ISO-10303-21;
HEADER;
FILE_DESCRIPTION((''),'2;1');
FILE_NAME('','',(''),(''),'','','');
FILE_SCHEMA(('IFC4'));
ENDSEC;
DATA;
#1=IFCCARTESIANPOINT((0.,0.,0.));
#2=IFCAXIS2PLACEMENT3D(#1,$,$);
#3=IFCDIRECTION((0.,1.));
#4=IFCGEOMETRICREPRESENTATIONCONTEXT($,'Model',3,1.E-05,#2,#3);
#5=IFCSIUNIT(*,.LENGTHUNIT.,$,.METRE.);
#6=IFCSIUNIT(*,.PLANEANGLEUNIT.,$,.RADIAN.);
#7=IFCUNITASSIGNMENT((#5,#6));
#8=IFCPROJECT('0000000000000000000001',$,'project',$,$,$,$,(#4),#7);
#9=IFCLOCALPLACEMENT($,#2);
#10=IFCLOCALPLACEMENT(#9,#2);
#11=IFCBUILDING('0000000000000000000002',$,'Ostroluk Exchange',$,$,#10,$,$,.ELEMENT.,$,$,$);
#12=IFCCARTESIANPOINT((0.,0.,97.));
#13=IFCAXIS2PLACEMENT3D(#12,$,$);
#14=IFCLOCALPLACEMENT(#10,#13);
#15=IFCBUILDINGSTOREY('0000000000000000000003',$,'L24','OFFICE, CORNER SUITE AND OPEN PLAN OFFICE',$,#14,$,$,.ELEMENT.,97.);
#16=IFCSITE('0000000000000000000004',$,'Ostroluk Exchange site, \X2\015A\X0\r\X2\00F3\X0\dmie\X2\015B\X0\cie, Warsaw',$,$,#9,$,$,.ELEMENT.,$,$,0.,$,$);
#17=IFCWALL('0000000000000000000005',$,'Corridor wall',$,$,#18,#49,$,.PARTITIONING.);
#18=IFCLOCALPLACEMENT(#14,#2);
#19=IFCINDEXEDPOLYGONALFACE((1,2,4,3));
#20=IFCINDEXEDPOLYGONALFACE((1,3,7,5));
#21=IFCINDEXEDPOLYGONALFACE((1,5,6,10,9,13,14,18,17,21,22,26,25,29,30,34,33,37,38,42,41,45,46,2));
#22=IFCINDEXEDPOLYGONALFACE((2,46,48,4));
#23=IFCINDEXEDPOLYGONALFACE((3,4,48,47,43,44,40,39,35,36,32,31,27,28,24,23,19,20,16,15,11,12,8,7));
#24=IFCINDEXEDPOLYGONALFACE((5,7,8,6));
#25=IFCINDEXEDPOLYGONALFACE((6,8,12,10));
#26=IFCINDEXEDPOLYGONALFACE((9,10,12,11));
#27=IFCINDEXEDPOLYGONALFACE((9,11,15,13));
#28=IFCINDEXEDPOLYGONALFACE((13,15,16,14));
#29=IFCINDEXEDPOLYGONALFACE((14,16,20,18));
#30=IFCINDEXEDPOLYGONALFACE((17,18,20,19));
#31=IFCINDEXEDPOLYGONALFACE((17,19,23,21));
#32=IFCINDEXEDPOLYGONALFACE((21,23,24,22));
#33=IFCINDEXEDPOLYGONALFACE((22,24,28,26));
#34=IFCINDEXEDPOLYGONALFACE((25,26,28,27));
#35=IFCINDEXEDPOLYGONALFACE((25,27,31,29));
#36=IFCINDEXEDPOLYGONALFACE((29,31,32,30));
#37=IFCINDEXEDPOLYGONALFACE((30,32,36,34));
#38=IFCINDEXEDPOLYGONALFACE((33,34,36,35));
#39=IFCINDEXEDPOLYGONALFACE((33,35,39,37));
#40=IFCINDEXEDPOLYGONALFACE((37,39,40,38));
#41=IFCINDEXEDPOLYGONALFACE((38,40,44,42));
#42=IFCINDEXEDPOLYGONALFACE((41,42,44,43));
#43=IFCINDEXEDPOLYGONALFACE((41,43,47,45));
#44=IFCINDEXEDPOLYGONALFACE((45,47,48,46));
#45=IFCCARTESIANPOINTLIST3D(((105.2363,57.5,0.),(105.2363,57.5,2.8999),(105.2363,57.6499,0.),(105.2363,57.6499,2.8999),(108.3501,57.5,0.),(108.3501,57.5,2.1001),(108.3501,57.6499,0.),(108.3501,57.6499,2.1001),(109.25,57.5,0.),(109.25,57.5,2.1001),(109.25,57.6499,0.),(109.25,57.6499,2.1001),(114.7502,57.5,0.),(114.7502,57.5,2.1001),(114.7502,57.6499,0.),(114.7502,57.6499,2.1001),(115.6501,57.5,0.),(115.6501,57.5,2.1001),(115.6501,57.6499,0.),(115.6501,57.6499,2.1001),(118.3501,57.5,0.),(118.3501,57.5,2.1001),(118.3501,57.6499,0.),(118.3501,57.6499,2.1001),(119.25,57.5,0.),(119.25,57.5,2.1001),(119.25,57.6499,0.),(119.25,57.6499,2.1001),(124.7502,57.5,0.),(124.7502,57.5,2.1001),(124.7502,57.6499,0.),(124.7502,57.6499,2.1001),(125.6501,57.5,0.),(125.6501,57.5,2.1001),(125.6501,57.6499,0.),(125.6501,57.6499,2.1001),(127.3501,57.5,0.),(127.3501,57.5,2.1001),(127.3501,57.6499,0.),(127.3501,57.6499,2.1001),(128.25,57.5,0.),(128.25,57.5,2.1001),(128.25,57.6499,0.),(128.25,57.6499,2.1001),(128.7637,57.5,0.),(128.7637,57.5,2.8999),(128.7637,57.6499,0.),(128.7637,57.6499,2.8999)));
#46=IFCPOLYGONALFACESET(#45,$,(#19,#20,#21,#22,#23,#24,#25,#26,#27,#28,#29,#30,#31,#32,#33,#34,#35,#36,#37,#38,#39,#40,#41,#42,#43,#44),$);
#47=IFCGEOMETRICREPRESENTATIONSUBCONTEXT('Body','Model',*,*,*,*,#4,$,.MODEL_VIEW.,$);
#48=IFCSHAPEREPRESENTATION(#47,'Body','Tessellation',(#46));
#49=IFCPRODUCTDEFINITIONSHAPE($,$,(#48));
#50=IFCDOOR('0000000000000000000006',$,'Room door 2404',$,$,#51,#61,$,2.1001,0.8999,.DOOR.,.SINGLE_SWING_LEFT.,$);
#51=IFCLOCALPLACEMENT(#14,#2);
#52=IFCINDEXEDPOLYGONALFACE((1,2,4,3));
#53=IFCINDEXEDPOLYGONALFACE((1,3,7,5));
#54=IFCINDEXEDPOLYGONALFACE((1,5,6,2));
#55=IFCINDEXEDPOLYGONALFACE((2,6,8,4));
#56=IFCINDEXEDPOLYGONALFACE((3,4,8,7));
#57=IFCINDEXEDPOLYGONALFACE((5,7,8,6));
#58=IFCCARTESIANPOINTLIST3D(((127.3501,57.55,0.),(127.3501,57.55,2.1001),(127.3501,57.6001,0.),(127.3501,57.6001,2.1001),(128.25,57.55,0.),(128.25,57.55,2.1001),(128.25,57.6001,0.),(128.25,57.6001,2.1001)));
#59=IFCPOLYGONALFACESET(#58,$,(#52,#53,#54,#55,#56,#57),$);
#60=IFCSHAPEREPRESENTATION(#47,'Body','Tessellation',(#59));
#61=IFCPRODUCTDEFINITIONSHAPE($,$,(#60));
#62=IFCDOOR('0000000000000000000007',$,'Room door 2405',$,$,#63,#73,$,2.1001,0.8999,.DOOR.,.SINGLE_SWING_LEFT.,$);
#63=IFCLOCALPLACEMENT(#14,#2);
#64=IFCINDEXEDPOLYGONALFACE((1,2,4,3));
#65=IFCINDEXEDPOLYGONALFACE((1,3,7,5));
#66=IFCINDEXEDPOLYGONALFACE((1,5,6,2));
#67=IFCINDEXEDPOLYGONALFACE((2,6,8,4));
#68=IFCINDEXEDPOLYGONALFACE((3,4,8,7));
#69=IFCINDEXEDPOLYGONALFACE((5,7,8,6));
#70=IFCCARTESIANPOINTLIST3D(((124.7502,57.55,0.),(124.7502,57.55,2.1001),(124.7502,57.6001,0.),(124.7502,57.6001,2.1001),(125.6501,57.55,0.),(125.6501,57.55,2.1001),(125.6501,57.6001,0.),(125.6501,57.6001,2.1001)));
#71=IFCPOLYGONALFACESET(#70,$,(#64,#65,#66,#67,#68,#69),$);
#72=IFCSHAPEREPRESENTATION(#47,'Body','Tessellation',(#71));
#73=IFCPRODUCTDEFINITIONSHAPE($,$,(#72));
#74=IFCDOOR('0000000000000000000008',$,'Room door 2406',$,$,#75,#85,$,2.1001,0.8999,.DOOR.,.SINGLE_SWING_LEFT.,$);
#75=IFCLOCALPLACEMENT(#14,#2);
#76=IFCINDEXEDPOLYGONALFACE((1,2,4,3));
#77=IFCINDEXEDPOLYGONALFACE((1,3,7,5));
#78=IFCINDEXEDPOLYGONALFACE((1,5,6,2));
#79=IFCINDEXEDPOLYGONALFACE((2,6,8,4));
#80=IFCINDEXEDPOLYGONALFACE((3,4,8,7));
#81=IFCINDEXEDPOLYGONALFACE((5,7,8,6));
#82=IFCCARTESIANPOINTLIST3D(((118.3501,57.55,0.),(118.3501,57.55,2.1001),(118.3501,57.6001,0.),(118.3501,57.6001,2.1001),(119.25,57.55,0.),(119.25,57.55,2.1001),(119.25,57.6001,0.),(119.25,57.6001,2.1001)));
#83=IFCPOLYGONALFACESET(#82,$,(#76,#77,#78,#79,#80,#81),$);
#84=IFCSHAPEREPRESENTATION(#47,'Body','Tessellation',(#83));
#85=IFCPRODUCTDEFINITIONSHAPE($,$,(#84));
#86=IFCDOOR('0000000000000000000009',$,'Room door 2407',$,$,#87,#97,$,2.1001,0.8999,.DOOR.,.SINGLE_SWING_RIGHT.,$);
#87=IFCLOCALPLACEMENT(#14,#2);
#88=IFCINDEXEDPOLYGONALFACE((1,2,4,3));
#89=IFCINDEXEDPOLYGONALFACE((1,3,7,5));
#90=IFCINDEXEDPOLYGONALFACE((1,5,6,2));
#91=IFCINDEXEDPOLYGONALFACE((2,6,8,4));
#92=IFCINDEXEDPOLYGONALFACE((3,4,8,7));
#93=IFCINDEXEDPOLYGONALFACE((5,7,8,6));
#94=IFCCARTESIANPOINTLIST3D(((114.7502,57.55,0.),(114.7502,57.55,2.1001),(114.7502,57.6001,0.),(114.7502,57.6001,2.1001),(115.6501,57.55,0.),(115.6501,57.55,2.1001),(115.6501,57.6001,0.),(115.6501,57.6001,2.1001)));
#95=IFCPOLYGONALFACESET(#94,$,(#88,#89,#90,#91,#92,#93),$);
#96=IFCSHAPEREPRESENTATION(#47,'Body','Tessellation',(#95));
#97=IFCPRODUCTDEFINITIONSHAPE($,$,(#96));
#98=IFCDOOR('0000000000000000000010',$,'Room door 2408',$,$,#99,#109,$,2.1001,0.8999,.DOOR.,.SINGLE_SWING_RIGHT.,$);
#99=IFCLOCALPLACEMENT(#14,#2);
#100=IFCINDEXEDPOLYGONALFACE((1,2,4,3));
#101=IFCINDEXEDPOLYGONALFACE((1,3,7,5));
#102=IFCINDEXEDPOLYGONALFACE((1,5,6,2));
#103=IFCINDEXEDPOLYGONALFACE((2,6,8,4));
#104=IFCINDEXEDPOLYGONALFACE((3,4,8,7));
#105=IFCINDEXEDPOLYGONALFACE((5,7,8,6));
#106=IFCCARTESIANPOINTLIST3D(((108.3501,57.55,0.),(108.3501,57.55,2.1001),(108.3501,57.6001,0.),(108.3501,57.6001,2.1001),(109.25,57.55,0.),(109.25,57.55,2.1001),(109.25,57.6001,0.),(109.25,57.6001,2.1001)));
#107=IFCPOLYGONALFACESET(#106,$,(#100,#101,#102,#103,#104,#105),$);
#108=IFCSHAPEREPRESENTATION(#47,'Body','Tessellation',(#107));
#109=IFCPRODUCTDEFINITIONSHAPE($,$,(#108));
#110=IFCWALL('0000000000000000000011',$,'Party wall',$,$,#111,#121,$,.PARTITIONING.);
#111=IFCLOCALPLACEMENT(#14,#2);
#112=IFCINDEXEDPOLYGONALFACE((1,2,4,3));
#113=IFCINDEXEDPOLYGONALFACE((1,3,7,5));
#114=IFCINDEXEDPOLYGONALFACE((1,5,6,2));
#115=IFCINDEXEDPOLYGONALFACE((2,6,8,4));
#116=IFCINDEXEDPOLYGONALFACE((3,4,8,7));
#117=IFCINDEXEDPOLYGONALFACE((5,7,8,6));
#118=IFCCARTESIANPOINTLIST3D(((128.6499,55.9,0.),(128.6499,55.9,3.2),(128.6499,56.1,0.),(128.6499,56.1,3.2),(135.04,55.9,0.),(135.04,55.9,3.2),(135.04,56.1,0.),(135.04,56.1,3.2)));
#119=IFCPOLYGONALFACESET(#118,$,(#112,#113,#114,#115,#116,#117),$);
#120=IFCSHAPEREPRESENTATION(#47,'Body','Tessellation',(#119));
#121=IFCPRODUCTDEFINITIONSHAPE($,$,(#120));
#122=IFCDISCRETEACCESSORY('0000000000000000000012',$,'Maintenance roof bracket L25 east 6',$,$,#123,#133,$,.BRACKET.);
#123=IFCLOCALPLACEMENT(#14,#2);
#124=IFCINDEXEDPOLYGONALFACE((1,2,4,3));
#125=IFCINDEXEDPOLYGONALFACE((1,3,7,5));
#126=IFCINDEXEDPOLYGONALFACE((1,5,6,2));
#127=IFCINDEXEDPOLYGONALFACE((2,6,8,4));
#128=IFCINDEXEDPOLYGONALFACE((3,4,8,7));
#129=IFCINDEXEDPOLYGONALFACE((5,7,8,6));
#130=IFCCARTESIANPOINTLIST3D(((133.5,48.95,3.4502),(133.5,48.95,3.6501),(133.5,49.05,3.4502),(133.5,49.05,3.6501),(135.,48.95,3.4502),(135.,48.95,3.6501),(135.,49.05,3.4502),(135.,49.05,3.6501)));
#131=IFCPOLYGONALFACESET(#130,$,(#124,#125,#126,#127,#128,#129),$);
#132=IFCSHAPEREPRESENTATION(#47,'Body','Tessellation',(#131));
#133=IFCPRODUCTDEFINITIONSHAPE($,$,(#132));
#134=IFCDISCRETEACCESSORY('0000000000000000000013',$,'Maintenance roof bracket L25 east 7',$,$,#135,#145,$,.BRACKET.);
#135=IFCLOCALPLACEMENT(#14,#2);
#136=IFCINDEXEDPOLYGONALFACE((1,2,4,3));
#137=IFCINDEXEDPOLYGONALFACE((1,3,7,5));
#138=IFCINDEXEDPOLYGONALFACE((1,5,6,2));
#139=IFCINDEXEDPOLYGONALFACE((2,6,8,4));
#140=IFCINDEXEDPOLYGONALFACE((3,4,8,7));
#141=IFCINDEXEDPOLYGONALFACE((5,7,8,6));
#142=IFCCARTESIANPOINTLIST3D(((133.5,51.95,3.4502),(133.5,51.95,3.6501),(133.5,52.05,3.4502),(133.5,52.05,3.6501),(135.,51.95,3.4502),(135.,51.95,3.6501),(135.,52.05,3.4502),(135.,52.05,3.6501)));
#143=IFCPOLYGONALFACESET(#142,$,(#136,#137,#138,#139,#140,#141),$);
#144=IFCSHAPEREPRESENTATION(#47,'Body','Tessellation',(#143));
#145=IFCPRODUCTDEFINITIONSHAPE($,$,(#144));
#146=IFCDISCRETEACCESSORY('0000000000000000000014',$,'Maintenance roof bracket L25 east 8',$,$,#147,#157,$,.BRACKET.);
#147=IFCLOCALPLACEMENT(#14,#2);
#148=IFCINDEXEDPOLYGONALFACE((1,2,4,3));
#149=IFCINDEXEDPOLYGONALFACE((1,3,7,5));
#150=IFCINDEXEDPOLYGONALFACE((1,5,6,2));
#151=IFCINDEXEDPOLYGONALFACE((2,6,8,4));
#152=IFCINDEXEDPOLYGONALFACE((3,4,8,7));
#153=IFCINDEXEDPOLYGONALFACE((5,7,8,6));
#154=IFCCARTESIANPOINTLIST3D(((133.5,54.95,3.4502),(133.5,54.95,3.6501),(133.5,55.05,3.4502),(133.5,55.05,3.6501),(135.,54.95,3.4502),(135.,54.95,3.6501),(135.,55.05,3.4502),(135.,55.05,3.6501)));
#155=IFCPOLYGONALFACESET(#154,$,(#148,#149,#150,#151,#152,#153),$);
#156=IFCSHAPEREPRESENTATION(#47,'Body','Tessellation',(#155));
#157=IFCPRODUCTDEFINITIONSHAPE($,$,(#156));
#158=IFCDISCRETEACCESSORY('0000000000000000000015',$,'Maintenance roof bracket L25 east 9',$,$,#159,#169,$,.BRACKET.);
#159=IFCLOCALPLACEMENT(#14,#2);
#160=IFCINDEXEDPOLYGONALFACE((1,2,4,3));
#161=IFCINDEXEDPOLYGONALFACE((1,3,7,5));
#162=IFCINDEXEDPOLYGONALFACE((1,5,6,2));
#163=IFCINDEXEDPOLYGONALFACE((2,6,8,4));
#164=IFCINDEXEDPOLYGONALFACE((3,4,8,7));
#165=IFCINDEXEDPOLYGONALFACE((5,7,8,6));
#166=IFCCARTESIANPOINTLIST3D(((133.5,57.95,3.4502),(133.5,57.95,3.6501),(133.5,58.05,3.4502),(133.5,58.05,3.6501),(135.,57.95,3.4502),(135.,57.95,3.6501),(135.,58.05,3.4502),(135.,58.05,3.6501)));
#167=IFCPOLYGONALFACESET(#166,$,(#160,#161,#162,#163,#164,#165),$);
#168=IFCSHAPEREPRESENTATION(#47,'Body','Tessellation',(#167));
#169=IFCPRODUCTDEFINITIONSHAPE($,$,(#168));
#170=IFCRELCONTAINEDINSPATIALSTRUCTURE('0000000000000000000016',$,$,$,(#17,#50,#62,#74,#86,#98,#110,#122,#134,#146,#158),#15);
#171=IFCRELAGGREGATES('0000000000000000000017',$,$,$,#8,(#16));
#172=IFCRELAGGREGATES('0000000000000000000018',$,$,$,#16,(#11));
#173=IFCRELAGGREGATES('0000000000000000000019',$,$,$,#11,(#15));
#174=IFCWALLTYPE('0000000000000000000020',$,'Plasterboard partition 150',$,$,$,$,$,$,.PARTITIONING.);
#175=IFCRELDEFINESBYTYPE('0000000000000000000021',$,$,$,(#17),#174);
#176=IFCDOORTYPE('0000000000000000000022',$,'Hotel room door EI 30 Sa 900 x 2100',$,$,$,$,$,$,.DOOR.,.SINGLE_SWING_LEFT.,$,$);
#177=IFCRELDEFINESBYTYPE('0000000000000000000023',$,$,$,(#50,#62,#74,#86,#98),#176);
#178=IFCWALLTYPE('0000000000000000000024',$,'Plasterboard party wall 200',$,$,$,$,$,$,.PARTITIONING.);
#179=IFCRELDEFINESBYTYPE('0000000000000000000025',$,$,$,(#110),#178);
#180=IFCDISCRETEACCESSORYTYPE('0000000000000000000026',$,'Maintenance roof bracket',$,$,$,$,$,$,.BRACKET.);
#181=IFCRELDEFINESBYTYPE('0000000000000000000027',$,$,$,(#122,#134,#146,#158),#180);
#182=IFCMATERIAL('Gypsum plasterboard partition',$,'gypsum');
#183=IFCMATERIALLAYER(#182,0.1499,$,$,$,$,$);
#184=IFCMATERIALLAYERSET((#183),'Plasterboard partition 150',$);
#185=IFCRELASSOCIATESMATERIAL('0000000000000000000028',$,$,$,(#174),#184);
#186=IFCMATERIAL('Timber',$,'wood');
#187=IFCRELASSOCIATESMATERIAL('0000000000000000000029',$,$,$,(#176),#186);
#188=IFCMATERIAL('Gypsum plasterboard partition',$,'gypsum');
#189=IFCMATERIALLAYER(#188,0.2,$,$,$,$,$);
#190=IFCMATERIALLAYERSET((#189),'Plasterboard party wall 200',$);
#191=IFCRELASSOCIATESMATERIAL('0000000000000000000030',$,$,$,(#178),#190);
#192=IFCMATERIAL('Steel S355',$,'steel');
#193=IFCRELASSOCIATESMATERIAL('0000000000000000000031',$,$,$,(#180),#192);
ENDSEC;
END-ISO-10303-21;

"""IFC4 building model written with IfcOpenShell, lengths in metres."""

from ifc_helpers import new_model, si_unit, direction, frame, frame_2d, origin, origin_2d, place, context, subcontext, project, spatial, rectangle, extrude, material, layer, layer_set, type_object, element, fill, save


model = new_model("IFC4")

# Units and contexts
model_context = context("Model", 3, precision=1e-05, world=origin(), true_north=direction((0.0, 1.0)))
body_context = subcontext(model_context, "Body", "Model", "MODEL_VIEW")
ifc_project = project(units=[si_unit("LENGTHUNIT", "METRE"), si_unit("PLANEANGLEUNIT", "RADIAN")], contexts=[model_context])

# Site, building, storey
site_placement = place(None, origin())
site = spatial("IfcSite", under=ifc_project, at=site_placement, Name="Ostroluk Exchange site, Śródmieście, Warsaw", CompositionType="ELEMENT", RefElevation=0.0)
building_placement = place(site_placement, origin())
building = spatial("IfcBuilding", under=site, at=building_placement, Name="Ostroluk Exchange", CompositionType="ELEMENT")
storey_placement = place(building_placement, frame((0.0, 0.0, 97.0)))
storey = spatial("IfcBuildingStorey", under=building, at=storey_placement, Name="L24", Description="OFFICE, CORNER SUITE AND OPEN PLAN OFFICE", CompositionType="ELEMENT", Elevation=97.0)

# Wall, openings, doors
ifc_material_1 = material(Name="Gypsum plasterboard partition", Category="gypsum")
ifc_layer_1 = layer(ifc_material_1, 0.1499)
ifc_layer_set_1 = layer_set([ifc_layer_1], Name="Plasterboard partition 150")
wall_type_1 = type_object("IfcWallType", Name="Plasterboard partition 150", PredefinedType="PARTITIONING", material=ifc_layer_set_1)
wall_1_placement = place(storey_placement, frame((128.7637, 57.575, 0.0), z_axis=(0.0, 0.0, 1.0), x_axis=(-1.0, 0.0, 0.0)))
wall_1 = element("IfcWall", 1, at=wall_1_placement, inside=storey, type_object=wall_type_1, Name="Corridor wall", PredefinedType="PARTITIONING", context=body_context, shape_type="SweptSolid", body=[
    extrude(rectangle(XDim=23.5273, YDim=0.1499, at=frame_2d((11.7637, 0.0))), origin(), (0.0, 0.0, 1.0), 2.8999),
])
opening_1_placement = place(wall_1_placement, frame((0.5137, 0.0, 0.0)))
opening_1 = element("IfcOpeningElement", 2, at=opening_1_placement, cuts=wall_1, PredefinedType="OPENING", context=body_context, shape_type="SweptSolid", body=[
    extrude(rectangle(XDim=0.8999, YDim=2.1001, at=frame_2d((0.45, 1.05))), frame((0.0, 0.085, 0.0), z_axis=(0.0, -1.0, 0.0), x_axis=(1.0, 0.0, 0.0)), (0.0, 0.0, 1.0), 0.1699),
])
opening_2_placement = place(wall_1_placement, frame((3.1135, 0.0, 0.0)))
opening_2 = element("IfcOpeningElement", 3, at=opening_2_placement, cuts=wall_1, PredefinedType="OPENING", context=body_context, shape_type="SweptSolid", body=[
    extrude(rectangle(XDim=0.8999, YDim=2.1001, at=frame_2d((0.45, 1.05))), frame((0.0, 0.085, 0.0), z_axis=(0.0, -1.0, 0.0), x_axis=(1.0, 0.0, 0.0)), (0.0, 0.0, 1.0), 0.1699),
])
opening_3_placement = place(wall_1_placement, frame((9.5137, 0.0, 0.0)))
opening_3 = element("IfcOpeningElement", 4, at=opening_3_placement, cuts=wall_1, PredefinedType="OPENING", context=body_context, shape_type="SweptSolid", body=[
    extrude(rectangle(XDim=0.8999, YDim=2.1001, at=frame_2d((0.45, 1.05))), frame((0.0, 0.085, 0.0), z_axis=(0.0, -1.0, 0.0), x_axis=(1.0, 0.0, 0.0)), (0.0, 0.0, 1.0), 0.1699),
])
opening_4_placement = place(wall_1_placement, frame((13.1135, 0.0, 0.0)))
opening_4 = element("IfcOpeningElement", 5, at=opening_4_placement, cuts=wall_1, PredefinedType="OPENING", context=body_context, shape_type="SweptSolid", body=[
    extrude(rectangle(XDim=0.8999, YDim=2.1001, at=frame_2d((0.45, 1.05))), frame((0.0, 0.085, 0.0), z_axis=(0.0, -1.0, 0.0), x_axis=(1.0, 0.0, 0.0)), (0.0, 0.0, 1.0), 0.1699),
])
opening_5_placement = place(wall_1_placement, frame((19.5137, 0.0, 0.0)))
opening_5 = element("IfcOpeningElement", 6, at=opening_5_placement, cuts=wall_1, PredefinedType="OPENING", context=body_context, shape_type="SweptSolid", body=[
    extrude(rectangle(XDim=0.8999, YDim=2.1001, at=frame_2d((0.45, 1.05))), frame((0.0, 0.085, 0.0), z_axis=(0.0, -1.0, 0.0), x_axis=(1.0, 0.0, 0.0)), (0.0, 0.0, 1.0), 0.1699),
])
ifc_material_2 = material(Name="Timber", Category="wood")
door_type = type_object("IfcDoorType", Name="Hotel room door EI 30 Sa 900 x 2100", OperationType="SINGLE_SWING_LEFT", PredefinedType="DOOR", material=ifc_material_2)
door_1_placement = place(opening_1_placement, origin())
door_1 = element("IfcDoor", 7, at=door_1_placement, inside=storey, type_object=door_type, Name="Room door 2404", OperationType="SINGLE_SWING_LEFT", OverallHeight=2.1001, OverallWidth=0.8999, PredefinedType="DOOR", context=body_context, shape_type="SweptSolid", body=[
    extrude(rectangle(XDim=0.8999, YDim=2.1001, at=frame_2d((0.45, 1.05))), frame((0.0, 0.0249, 0.0), z_axis=(0.0, -1.0, 0.0), x_axis=(1.0, 0.0, 0.0)), (0.0, 0.0, 1.0), 0.05),
])
fill(opening_1, door_1)
door_2_placement = place(opening_2_placement, origin())
door_2 = element("IfcDoor", 8, at=door_2_placement, inside=storey, type_object=door_type, Name="Room door 2405", OperationType="SINGLE_SWING_LEFT", OverallHeight=2.1001, OverallWidth=0.8999, PredefinedType="DOOR", context=body_context, shape_type="SweptSolid", body=[
    extrude(rectangle(XDim=0.8999, YDim=2.1001, at=frame_2d((0.45, 1.05))), frame((0.0, 0.0249, 0.0), z_axis=(0.0, -1.0, 0.0), x_axis=(1.0, 0.0, 0.0)), (0.0, 0.0, 1.0), 0.05),
])
fill(opening_2, door_2)
door_3_placement = place(opening_3_placement, origin())
door_3 = element("IfcDoor", 9, at=door_3_placement, inside=storey, type_object=door_type, Name="Room door 2406", OperationType="SINGLE_SWING_LEFT", OverallHeight=2.1001, OverallWidth=0.8999, PredefinedType="DOOR", context=body_context, shape_type="SweptSolid", body=[
    extrude(rectangle(XDim=0.8999, YDim=2.1001, at=frame_2d((0.45, 1.05))), frame((0.0, 0.0249, 0.0), z_axis=(0.0, -1.0, 0.0), x_axis=(1.0, 0.0, 0.0)), (0.0, 0.0, 1.0), 0.05),
])
fill(opening_3, door_3)
door_4_placement = place(opening_4_placement, origin())
door_4 = element("IfcDoor", 10, at=door_4_placement, inside=storey, type_object=door_type, Name="Room door 2407", OperationType="SINGLE_SWING_RIGHT", OverallHeight=2.1001, OverallWidth=0.8999, PredefinedType="DOOR", context=body_context, shape_type="SweptSolid", body=[
    extrude(rectangle(XDim=0.8999, YDim=2.1001, at=frame_2d((0.45, 1.05))), frame((0.0, 0.0249, 0.0), z_axis=(0.0, -1.0, 0.0), x_axis=(1.0, 0.0, 0.0)), (0.0, 0.0, 1.0), 0.05),
])
fill(opening_4, door_4)
door_5_placement = place(opening_5_placement, origin())
door_5 = element("IfcDoor", 11, at=door_5_placement, inside=storey, type_object=door_type, Name="Room door 2408", OperationType="SINGLE_SWING_RIGHT", OverallHeight=2.1001, OverallWidth=0.8999, PredefinedType="DOOR", context=body_context, shape_type="SweptSolid", body=[
    extrude(rectangle(XDim=0.8999, YDim=2.1001, at=frame_2d((0.45, 1.05))), frame((0.0, 0.0249, 0.0), z_axis=(0.0, -1.0, 0.0), x_axis=(1.0, 0.0, 0.0)), (0.0, 0.0, 1.0), 0.05),
])
fill(opening_5, door_5)

# Wall
ifc_material_3 = material(Name="Gypsum plasterboard partition", Category="gypsum")
ifc_layer_2 = layer(ifc_material_3, 0.2)
ifc_layer_set_2 = layer_set([ifc_layer_2], Name="Plasterboard party wall 200")
wall_type_2 = type_object("IfcWallType", Name="Plasterboard party wall 200", PredefinedType="PARTITIONING", material=ifc_layer_set_2)
wall_2_placement = place(storey_placement, frame((128.6499, 56.0, 0.0), z_axis=(0.0, 0.0, 1.0), x_axis=(1.0, 0.0, 0.0)))
element("IfcWall", 12, at=wall_2_placement, inside=storey, type_object=wall_type_2, Name="Party wall", PredefinedType="PARTITIONING", context=body_context, shape_type="SweptSolid", body=[
    extrude(rectangle(XDim=6.3901, YDim=0.2, at=frame_2d((3.1951, 0.0))), origin(), (0.0, 0.0, 1.0), 3.2),
])

# Discrete accessories
ifc_material_4 = material(Name="Steel S355", Category="steel")
discrete_accessory_type = type_object("IfcDiscreteAccessoryType", Name="Maintenance roof bracket", PredefinedType="BRACKET", material=ifc_material_4)
for number, where, z_axis, x_axis, name in (
    (13, (134.25, 49.0, 3.4502), (0.0, 0.0, 1.0), (1.0, 0.0, 0.0), "Maintenance roof bracket L25 east 6"),
    (14, (134.25, 52.0, 3.4502), (0.0, 0.0, 1.0), (1.0, 0.0, 0.0), "Maintenance roof bracket L25 east 7"),
    (15, (134.25, 55.0, 3.4502), (0.0, 0.0, 1.0), (1.0, 0.0, 0.0), "Maintenance roof bracket L25 east 8"),
    (16, (134.25, 58.0, 3.4502), (0.0, 0.0, 1.0), (1.0, 0.0, 0.0), "Maintenance roof bracket L25 east 9"),
):
    element("IfcDiscreteAccessory", number, at=place(storey_placement, frame(where, z_axis=z_axis, x_axis=x_axis)), inside=storey, type_object=discrete_accessory_type, Name=name, PredefinedType="BRACKET", context=body_context, shape_type="SweptSolid", body=[
        extrude(rectangle(XDim=1.5, YDim=0.1001, at=origin_2d()), origin(), (0.0, 0.0, 1.0), 0.2),
    ])

save(model, "model.ifc")
